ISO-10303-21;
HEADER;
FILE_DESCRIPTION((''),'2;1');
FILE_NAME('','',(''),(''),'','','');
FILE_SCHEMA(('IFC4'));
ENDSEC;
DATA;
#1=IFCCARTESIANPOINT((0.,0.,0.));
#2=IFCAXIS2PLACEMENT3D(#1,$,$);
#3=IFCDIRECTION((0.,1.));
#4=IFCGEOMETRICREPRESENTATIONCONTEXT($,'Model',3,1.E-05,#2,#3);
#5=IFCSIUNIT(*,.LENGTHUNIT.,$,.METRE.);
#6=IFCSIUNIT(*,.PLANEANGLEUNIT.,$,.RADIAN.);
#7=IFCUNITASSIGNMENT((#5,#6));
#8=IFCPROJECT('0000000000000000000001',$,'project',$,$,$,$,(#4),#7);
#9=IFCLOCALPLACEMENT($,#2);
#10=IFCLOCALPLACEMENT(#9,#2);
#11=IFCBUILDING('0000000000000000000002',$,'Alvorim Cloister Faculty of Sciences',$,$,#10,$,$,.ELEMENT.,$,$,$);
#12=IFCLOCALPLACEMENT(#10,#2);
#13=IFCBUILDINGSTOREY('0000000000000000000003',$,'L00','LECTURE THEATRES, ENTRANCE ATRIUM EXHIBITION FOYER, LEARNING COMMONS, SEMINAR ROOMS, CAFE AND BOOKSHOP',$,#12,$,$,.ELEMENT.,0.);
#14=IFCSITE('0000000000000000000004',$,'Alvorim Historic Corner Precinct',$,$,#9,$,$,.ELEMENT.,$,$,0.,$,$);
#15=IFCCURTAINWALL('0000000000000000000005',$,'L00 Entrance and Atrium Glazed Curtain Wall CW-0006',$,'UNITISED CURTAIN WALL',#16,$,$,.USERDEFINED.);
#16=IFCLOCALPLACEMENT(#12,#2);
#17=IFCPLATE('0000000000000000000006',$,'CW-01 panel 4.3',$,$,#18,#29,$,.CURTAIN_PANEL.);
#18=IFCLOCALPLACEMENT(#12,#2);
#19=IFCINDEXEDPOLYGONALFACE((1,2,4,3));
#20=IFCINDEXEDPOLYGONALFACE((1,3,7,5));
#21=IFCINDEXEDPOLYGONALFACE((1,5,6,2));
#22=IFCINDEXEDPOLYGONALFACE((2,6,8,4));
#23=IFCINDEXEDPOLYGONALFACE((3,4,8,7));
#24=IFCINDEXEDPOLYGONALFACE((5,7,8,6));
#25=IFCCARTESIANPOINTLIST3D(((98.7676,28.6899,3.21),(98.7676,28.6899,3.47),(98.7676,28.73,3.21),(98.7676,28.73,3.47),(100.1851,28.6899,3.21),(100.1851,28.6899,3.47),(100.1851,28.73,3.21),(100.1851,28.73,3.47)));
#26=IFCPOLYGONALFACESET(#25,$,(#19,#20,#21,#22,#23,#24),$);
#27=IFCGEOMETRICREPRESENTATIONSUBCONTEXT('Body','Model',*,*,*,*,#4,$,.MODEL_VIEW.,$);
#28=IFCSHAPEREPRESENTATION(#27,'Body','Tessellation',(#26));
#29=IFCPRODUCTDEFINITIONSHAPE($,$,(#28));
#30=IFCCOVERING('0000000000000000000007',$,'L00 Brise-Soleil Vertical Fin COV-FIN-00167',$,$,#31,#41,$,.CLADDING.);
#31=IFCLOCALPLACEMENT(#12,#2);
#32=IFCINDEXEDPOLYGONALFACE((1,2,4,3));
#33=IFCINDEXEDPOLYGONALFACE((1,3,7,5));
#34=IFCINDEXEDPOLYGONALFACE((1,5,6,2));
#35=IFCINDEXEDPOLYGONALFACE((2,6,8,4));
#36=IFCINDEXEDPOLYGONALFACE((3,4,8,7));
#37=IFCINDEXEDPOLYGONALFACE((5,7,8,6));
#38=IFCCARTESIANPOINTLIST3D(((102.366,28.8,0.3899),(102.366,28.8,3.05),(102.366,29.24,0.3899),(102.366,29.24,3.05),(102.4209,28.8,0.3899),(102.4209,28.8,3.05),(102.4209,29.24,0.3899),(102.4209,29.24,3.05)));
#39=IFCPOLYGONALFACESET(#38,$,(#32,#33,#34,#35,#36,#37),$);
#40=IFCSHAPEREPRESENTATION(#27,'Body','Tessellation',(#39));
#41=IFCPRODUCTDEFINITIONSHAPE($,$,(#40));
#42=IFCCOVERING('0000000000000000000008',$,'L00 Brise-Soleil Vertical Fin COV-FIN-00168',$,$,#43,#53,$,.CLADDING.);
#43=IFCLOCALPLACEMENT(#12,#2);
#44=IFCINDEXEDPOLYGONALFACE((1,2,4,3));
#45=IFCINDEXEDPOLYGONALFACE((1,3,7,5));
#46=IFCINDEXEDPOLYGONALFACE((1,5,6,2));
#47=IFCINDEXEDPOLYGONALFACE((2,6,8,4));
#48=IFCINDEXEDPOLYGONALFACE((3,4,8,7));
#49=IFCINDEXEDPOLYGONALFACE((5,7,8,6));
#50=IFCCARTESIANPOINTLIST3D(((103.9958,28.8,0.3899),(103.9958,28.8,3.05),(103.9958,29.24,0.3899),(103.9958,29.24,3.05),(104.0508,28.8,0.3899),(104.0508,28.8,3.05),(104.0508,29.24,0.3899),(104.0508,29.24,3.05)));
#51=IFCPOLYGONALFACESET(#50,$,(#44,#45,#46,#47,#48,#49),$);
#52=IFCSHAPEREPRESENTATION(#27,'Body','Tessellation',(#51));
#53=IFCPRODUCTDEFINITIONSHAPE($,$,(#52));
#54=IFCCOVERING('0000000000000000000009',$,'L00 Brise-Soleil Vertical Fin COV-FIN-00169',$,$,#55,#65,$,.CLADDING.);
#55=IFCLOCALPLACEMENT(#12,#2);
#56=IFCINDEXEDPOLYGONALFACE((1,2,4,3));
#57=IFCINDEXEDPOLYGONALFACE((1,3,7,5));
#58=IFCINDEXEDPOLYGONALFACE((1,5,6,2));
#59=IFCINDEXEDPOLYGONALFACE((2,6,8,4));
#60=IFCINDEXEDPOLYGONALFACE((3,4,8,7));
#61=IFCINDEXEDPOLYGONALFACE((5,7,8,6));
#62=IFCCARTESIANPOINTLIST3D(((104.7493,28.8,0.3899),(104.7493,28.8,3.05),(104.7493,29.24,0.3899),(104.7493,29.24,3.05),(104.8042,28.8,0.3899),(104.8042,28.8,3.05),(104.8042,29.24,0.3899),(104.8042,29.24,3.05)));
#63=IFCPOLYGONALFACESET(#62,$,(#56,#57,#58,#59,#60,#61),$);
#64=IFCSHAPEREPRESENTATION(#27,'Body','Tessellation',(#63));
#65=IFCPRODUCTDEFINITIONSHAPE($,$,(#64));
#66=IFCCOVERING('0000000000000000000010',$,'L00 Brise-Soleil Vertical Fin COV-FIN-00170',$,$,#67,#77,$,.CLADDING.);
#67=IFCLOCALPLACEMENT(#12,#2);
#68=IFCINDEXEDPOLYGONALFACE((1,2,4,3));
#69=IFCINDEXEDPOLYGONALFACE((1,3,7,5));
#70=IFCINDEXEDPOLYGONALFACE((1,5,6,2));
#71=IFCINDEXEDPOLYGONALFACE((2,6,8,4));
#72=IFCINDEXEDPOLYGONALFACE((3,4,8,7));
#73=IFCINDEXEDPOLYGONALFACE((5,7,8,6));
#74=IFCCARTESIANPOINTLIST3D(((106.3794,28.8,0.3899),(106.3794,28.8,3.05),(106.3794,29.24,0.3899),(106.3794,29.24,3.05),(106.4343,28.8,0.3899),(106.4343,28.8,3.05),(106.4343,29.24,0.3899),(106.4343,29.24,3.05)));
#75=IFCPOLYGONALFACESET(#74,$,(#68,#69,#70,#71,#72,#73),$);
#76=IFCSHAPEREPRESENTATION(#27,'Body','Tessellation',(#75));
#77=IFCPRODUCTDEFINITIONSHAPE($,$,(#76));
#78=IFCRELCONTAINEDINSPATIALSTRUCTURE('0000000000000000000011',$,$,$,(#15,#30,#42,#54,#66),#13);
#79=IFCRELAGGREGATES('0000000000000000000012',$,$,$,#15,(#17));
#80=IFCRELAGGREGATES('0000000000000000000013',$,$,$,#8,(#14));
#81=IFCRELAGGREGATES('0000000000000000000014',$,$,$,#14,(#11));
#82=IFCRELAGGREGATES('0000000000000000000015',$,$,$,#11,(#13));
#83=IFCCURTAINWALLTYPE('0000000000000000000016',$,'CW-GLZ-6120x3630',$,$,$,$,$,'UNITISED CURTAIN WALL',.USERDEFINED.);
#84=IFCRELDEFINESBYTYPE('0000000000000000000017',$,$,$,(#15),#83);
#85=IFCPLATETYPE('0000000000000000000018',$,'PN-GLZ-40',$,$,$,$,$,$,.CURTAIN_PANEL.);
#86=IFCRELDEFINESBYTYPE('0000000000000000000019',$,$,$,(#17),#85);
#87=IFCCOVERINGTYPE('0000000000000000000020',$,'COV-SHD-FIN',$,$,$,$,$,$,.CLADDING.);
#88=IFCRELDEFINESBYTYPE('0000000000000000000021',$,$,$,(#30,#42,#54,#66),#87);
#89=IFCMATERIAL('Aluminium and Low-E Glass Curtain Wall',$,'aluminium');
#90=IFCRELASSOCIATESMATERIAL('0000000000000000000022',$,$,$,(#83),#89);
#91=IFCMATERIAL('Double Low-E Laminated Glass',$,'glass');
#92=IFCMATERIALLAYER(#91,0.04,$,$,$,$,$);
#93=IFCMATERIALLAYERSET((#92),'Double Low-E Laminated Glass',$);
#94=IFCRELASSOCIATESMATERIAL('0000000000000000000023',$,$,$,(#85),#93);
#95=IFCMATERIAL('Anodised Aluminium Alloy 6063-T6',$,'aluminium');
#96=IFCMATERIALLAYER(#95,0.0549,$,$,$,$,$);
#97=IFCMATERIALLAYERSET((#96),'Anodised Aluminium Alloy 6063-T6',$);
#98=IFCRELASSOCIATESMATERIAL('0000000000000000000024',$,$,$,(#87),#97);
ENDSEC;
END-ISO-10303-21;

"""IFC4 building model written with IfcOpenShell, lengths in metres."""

from ifc_helpers import new_model, si_unit, direction, frame, origin, origin_2d, place, context, subcontext, project, spatial, polyline, rectangle, outline, extrude, material, layer, layer_set, type_object, element, aggregate, save


model = new_model("IFC4")

# Units and contexts
model_context = context("Model", 3, precision=1e-05, world=origin(), true_north=direction((0.0, 1.0)))
body_context = subcontext(model_context, "Body", "Model", "MODEL_VIEW")
ifc_project = project(units=[si_unit("LENGTHUNIT", "METRE"), si_unit("PLANEANGLEUNIT", "RADIAN")], contexts=[model_context])

# Site, building, storey
site_placement = place(None, origin())
site = spatial("IfcSite", under=ifc_project, at=site_placement, Name="Alvorim Historic Corner Precinct", CompositionType="ELEMENT", RefElevation=0.0)
building_placement = place(site_placement, origin())
building = spatial("IfcBuilding", under=site, at=building_placement, Name="Alvorim Cloister Faculty of Sciences", CompositionType="ELEMENT")
storey_placement = place(building_placement, origin())
storey = spatial("IfcBuildingStorey", under=building, at=storey_placement, Name="L00", Description="LECTURE THEATRES, ENTRANCE ATRIUM EXHIBITION FOYER, LEARNING COMMONS, SEMINAR ROOMS, CAFE AND BOOKSHOP", CompositionType="ELEMENT", Elevation=0.0)

# Curtain wall, plate
ifc_material_1 = material(Name="Aluminium and Low-E Glass Curtain Wall", Category="aluminium")
curtain_wall_type = type_object("IfcCurtainWallType", Name="CW-GLZ-6120x3630", ElementType="UNITISED CURTAIN WALL", PredefinedType="USERDEFINED", material=ifc_material_1)
curtain_wall_placement = place(storey_placement, origin())
curtain_wall = element("IfcCurtainWall", 1, at=curtain_wall_placement, inside=storey, type_object=curtain_wall_type, Name="L00 Entrance and Atrium Glazed Curtain Wall CW-0006", ObjectType="UNITISED CURTAIN WALL", PredefinedType="USERDEFINED")
ifc_material_2 = material(Name="Double Low-E Laminated Glass", Category="glass")
ifc_layer_1 = layer(ifc_material_2, 0.04)
ifc_layer_set_1 = layer_set([ifc_layer_1], Name="Double Low-E Laminated Glass")
plate_type = type_object("IfcPlateType", Name="PN-GLZ-40", PredefinedType="CURTAIN_PANEL", material=ifc_layer_set_1)
plate_1_placement = place(storey_placement, frame((99.4763, 28.71, 3.21), z_axis=(0.0, 0.0, 1.0), x_axis=(1.0, 0.0, 0.0)))
plate_1 = element("IfcPlate", 2, at=plate_1_placement, type_object=plate_type, Name="CW-01 panel 4.3", PredefinedType="CURTAIN_PANEL", context=body_context, shape_type="SweptSolid", body=[
    extrude(rectangle(XDim=1.4175, YDim=0.04, at=origin_2d()), origin(), (0.0, 0.0, 1.0), 0.26),
])
aggregate(curtain_wall, [plate_1])

# Coverings
ifc_material_3 = material(Name="Anodised Aluminium Alloy 6063-T6", Category="aluminium")
ifc_layer_2 = layer(ifc_material_3, 0.0549)
ifc_layer_set_2 = layer_set([ifc_layer_2], Name="Anodised Aluminium Alloy 6063-T6")
covering_type = type_object("IfcCoveringType", Name="COV-SHD-FIN", PredefinedType="CLADDING", material=ifc_layer_set_2)
for number, where, z_axis, x_axis, name in (
    (3, (102.3933, 28.8, 0.3899), (0.0, 0.0, 1.0), (0.0, 1.0, 0.0), "L00 Brise-Soleil Vertical Fin COV-FIN-00167"),
    (4, (104.0232, 28.8, 0.3899), (0.0, 0.0, 1.0), (0.0, 1.0, 0.0), "L00 Brise-Soleil Vertical Fin COV-FIN-00168"),
    (5, (104.7766, 28.8, 0.3899), (0.0, 0.0, 1.0), (0.0, 1.0, 0.0), "L00 Brise-Soleil Vertical Fin COV-FIN-00169"),
    (6, (106.4067, 28.8, 0.3899), (0.0, 0.0, 1.0), (0.0, 1.0, 0.0), "L00 Brise-Soleil Vertical Fin COV-FIN-00170"),
):
    element("IfcCovering", number, at=place(storey_placement, frame(where, z_axis=z_axis, x_axis=x_axis)), inside=storey, type_object=covering_type, Name=name, PredefinedType="CLADDING", context=body_context, shape_type="SweptSolid", body=[
        extrude(outline(polyline([(0.0, 0.0), (0.4399, 0.0), (0.4399, 2.6602), (0.0, 2.6602), (0.0, 0.0)])), frame((0.0, 0.0273, 0.0), z_axis=(0.0, -1.0, 0.0), x_axis=(1.0, 0.0, 0.0)), (0.0, 0.0, 1.0), 0.0549),
    ])

save(model, "model.ifc")
